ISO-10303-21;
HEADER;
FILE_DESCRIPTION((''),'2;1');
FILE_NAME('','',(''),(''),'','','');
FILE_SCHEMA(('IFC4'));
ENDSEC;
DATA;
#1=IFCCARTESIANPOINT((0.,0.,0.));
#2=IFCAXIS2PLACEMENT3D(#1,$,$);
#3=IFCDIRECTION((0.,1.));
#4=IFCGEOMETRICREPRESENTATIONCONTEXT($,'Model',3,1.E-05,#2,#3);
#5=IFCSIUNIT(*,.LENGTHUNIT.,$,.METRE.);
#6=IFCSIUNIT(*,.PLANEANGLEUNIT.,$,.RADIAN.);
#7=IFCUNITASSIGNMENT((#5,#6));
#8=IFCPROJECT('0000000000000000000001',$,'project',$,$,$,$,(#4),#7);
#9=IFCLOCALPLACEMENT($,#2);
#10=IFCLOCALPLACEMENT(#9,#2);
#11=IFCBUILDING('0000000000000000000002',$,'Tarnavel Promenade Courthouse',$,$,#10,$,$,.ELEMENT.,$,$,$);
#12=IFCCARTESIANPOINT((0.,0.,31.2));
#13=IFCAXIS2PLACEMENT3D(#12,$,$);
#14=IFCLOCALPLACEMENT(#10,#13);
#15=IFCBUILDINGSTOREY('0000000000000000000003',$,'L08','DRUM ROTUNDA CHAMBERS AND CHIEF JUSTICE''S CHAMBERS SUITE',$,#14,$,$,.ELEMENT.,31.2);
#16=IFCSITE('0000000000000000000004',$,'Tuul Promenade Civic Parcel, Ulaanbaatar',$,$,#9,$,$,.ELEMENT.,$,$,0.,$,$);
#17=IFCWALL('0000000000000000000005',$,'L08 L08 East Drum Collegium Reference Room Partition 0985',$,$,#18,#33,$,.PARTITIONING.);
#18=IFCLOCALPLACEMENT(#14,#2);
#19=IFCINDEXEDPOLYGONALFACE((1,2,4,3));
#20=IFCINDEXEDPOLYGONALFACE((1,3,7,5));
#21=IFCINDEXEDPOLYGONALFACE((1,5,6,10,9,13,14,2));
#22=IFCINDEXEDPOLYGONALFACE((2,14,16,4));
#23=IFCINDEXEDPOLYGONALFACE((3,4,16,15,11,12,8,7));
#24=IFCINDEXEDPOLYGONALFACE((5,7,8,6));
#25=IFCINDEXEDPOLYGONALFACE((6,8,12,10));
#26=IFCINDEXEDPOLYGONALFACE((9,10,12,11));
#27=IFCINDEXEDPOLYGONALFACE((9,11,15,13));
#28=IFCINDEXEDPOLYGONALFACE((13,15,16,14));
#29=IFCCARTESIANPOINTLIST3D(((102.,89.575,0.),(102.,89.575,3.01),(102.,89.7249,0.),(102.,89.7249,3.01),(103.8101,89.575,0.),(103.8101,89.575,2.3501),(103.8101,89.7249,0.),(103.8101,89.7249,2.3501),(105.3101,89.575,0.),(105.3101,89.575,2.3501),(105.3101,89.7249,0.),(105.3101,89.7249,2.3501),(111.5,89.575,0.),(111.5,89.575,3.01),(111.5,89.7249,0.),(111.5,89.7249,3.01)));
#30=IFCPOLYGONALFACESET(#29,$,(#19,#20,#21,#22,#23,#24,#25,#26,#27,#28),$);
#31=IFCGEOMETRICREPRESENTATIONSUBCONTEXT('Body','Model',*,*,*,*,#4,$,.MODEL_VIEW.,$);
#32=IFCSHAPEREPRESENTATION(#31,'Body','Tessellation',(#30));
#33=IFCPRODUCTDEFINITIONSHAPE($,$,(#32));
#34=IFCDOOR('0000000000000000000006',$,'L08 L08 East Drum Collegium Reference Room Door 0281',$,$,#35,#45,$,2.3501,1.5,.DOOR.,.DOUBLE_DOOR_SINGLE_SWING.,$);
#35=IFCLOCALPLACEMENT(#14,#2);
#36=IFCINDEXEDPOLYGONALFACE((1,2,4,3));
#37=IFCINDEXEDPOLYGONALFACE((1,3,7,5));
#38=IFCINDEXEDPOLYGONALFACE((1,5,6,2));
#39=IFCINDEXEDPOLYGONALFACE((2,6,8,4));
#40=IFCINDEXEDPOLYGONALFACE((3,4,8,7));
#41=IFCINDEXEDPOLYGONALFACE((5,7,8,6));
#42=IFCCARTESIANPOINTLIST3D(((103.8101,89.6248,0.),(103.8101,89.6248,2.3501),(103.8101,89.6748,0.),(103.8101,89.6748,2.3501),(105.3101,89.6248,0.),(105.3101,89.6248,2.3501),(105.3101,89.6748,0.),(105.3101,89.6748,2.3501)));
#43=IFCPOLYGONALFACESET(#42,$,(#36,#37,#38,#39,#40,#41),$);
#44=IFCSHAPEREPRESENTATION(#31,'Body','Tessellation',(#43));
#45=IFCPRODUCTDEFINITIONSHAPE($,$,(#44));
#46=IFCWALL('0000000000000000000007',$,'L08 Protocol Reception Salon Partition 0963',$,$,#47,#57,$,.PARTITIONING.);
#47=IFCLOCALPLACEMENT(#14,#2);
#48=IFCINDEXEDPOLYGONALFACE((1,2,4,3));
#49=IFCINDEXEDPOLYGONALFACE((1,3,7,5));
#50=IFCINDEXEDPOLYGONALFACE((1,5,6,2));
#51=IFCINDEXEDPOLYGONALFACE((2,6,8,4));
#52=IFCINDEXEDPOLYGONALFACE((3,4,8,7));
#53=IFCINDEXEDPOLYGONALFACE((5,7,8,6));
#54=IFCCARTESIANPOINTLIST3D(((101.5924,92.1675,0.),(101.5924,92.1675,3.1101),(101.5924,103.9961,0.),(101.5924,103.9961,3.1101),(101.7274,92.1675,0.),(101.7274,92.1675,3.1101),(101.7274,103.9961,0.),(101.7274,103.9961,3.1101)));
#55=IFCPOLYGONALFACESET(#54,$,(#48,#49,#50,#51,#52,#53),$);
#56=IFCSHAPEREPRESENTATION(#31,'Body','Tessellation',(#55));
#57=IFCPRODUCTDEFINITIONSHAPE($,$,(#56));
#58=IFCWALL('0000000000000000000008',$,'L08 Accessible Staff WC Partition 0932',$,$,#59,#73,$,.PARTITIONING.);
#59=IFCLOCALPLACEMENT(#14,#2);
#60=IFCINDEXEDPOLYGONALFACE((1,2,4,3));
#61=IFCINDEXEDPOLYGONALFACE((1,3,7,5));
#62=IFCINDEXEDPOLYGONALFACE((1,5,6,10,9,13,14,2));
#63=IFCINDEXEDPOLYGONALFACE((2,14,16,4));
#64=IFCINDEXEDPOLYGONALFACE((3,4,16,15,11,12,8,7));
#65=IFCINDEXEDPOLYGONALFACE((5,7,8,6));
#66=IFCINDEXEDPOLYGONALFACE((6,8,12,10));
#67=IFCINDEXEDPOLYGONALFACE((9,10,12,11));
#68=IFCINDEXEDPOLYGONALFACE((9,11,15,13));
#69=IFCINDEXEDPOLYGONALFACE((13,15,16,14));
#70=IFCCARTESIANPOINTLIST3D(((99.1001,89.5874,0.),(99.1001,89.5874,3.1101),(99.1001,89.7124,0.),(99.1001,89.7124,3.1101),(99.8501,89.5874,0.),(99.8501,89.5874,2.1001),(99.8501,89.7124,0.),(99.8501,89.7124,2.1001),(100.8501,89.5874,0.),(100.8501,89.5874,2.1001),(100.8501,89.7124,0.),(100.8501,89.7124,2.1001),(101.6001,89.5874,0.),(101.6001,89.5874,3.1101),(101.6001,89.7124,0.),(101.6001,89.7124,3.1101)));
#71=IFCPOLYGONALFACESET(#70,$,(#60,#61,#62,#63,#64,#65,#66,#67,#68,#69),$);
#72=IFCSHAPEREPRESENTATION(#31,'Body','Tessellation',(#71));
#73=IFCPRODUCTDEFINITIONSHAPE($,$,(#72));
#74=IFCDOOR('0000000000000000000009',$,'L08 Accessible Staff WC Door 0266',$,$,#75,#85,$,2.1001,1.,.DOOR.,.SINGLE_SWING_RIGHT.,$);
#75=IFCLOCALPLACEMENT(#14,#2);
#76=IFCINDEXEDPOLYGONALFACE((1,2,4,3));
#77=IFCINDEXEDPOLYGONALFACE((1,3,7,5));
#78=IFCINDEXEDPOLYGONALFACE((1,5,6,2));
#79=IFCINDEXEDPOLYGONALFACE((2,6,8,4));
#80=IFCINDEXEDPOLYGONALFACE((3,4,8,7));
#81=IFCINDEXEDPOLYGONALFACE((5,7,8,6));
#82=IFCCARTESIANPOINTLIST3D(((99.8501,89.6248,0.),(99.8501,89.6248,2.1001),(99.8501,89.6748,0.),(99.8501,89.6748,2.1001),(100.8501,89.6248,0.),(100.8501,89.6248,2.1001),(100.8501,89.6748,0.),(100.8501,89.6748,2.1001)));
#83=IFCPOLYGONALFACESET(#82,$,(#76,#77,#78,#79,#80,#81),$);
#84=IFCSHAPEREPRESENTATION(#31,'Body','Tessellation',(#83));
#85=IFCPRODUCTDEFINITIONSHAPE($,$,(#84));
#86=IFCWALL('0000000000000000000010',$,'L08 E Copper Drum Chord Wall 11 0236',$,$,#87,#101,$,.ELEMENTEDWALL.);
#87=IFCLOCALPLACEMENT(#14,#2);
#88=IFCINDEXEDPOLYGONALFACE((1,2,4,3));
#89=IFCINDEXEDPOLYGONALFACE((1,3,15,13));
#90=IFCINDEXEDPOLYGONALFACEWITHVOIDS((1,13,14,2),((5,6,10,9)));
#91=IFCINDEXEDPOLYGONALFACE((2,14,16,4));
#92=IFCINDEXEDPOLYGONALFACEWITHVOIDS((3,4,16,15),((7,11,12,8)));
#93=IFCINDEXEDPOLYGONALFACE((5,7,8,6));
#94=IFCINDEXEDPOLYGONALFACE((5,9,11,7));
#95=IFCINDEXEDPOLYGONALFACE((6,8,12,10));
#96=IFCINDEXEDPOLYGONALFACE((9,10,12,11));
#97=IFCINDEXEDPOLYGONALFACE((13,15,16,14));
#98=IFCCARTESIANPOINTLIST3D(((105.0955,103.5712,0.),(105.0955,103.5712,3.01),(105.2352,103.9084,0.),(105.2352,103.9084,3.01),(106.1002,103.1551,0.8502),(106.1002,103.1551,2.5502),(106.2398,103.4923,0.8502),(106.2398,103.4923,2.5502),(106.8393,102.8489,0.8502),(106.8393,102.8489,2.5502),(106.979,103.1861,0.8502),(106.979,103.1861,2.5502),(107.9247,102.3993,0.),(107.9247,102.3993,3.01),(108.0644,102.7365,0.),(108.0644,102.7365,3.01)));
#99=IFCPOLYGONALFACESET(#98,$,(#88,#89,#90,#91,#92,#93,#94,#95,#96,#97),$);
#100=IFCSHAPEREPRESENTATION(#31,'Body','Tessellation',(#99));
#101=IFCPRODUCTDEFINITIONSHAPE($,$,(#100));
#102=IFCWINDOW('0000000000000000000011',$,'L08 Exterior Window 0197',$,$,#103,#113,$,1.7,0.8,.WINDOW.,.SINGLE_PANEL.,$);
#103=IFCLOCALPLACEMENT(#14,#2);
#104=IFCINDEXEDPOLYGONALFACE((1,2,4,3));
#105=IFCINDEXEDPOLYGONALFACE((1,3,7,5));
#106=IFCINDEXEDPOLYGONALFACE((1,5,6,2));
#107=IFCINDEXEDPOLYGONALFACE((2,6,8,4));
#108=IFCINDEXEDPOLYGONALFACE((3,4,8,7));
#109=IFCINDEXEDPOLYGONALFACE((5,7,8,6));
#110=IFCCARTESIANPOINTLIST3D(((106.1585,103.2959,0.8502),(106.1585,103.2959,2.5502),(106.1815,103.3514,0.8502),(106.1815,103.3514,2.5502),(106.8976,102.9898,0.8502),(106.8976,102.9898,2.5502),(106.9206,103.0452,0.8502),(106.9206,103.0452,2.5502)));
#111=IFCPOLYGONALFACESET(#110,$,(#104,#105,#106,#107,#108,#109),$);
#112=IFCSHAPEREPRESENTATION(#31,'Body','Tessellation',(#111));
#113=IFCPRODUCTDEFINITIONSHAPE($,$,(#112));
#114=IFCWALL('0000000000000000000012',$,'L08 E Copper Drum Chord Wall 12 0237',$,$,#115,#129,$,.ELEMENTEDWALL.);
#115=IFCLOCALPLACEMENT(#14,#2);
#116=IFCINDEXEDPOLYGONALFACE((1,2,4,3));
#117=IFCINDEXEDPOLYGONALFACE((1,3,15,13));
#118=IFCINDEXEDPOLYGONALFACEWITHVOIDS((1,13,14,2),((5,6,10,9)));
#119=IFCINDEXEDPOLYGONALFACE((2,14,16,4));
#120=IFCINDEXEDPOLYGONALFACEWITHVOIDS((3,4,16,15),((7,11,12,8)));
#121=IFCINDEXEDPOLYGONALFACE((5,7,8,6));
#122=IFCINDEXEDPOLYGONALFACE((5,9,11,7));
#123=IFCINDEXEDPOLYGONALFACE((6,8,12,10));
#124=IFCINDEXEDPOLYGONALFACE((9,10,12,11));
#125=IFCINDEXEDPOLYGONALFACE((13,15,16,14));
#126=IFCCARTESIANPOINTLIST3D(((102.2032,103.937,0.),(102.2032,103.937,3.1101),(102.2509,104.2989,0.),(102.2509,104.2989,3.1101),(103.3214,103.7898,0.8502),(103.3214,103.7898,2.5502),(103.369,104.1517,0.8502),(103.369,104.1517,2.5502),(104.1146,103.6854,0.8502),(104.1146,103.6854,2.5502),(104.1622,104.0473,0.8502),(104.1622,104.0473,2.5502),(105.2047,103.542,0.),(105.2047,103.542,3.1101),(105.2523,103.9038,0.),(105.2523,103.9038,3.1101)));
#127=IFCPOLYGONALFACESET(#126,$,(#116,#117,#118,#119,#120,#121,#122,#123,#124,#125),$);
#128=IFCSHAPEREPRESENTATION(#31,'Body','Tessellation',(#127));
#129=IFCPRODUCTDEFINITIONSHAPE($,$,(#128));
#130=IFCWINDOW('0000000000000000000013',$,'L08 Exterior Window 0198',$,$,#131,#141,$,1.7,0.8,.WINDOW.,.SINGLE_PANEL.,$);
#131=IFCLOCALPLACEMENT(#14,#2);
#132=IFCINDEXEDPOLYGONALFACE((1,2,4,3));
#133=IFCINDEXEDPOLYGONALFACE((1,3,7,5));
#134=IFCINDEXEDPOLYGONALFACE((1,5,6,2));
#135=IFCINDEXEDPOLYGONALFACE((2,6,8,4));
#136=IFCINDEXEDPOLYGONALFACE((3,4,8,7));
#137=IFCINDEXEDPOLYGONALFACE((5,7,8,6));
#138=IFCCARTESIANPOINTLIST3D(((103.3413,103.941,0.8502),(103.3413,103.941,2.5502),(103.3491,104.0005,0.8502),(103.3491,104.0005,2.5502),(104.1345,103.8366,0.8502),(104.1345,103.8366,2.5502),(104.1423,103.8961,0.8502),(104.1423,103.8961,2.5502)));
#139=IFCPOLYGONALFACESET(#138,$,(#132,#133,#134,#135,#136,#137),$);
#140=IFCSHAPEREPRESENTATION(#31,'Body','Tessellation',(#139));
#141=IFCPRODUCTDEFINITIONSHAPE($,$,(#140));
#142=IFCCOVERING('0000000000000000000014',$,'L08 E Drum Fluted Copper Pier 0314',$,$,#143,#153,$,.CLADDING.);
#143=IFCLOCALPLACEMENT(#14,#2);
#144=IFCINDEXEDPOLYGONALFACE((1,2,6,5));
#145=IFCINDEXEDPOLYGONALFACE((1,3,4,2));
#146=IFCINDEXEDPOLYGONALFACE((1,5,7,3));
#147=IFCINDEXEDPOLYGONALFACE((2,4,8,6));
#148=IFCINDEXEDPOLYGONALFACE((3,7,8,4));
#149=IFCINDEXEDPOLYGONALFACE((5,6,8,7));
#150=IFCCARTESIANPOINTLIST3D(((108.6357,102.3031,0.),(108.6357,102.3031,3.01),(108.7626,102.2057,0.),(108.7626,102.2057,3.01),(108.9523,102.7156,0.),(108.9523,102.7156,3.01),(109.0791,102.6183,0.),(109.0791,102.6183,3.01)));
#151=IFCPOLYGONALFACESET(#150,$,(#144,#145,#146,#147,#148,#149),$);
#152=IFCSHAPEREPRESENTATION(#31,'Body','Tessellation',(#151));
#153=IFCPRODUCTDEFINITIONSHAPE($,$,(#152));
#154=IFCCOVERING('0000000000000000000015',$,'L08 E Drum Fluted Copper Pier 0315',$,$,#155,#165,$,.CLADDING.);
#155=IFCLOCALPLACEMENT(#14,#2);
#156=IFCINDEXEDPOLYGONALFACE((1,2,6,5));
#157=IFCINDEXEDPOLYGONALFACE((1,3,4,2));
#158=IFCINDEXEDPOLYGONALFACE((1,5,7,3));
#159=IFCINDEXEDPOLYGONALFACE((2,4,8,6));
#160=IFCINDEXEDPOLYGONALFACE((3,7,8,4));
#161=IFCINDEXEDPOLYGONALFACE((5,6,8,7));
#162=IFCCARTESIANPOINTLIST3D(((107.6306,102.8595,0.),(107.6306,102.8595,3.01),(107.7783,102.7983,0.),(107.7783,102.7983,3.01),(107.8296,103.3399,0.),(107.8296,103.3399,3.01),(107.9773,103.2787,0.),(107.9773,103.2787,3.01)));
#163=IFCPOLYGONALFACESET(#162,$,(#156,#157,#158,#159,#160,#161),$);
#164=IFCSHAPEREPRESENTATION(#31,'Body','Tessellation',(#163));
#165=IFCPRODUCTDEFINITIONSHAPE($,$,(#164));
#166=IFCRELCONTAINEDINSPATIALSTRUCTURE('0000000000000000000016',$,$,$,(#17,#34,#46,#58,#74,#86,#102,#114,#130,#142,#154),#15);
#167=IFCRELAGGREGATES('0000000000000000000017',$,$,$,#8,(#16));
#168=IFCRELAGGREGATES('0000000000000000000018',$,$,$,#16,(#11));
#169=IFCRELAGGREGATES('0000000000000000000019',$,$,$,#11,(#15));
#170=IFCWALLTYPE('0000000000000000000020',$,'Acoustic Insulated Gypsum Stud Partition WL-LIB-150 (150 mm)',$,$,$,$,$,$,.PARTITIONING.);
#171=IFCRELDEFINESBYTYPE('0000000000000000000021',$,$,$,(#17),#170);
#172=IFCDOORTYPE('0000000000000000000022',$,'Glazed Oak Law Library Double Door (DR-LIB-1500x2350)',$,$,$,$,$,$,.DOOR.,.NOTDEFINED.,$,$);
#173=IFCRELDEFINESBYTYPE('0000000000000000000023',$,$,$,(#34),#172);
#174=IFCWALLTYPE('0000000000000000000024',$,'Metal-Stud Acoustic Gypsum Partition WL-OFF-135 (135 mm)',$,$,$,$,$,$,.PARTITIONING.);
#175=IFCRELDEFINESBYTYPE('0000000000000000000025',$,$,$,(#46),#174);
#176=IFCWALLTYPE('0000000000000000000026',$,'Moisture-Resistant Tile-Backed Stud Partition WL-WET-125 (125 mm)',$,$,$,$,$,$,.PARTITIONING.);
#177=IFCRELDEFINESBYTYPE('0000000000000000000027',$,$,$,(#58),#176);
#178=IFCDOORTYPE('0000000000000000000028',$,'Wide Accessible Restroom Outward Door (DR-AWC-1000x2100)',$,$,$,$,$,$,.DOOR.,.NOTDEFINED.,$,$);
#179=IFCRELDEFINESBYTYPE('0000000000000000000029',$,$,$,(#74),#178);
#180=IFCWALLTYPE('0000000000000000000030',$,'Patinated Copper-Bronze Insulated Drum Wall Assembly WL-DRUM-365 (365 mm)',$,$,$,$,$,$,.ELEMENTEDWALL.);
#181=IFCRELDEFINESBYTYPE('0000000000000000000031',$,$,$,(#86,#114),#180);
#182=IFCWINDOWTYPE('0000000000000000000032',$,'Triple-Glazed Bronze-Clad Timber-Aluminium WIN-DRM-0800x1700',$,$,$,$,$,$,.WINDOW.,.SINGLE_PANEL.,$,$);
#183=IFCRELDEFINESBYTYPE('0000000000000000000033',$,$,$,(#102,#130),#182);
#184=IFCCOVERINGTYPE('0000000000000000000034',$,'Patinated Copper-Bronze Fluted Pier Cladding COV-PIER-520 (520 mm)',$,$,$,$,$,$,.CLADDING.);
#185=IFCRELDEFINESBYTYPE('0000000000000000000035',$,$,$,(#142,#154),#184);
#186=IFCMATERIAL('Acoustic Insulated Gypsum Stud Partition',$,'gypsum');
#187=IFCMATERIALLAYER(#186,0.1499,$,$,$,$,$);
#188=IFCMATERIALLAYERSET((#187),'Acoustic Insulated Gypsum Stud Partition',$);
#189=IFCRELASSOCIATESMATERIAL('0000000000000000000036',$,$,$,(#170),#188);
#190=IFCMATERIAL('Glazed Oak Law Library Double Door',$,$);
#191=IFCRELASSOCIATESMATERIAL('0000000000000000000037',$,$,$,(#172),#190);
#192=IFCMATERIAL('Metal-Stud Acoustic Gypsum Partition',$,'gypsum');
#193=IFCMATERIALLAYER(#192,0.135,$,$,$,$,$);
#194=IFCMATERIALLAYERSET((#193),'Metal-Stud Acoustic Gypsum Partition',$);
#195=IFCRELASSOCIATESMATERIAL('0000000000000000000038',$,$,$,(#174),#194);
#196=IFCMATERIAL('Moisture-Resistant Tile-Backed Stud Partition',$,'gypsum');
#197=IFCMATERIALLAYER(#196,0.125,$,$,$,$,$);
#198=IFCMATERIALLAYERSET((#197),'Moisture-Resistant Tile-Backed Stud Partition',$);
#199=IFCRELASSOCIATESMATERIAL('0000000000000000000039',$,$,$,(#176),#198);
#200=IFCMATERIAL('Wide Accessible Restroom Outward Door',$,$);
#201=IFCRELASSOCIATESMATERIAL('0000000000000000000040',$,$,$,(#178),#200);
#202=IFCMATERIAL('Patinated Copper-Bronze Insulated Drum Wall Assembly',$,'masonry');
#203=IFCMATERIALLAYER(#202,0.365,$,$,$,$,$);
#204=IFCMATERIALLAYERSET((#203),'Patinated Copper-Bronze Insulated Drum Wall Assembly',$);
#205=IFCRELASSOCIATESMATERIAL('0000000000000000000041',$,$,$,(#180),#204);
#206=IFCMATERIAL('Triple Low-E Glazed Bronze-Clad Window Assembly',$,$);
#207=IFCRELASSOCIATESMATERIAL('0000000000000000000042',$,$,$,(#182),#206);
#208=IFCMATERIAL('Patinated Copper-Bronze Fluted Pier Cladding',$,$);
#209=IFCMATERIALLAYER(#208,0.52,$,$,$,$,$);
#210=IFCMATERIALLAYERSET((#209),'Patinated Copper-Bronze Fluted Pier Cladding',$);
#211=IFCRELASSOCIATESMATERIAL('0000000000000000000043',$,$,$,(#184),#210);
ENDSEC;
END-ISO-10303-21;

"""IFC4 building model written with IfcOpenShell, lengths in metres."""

from ifc_helpers import new_model, si_unit, direction, frame, frame_2d, origin, origin_2d, place, context, subcontext, project, spatial, rectangle, extrude, material, layer, layer_set, type_object, element, fill, save


model = new_model("IFC4")

# Units and contexts
model_context = context("Model", 3, precision=1e-05, world=origin(), true_north=direction((0.0, 1.0)))
body_context = subcontext(model_context, "Body", "Model", "MODEL_VIEW")
ifc_project = project(units=[si_unit("LENGTHUNIT", "METRE"), si_unit("PLANEANGLEUNIT", "RADIAN")], contexts=[model_context])

# Site, building, storey
site_placement = place(None, origin())
site = spatial("IfcSite", under=ifc_project, at=site_placement, Name="Tuul Promenade Civic Parcel, Ulaanbaatar", CompositionType="ELEMENT", RefElevation=0.0)
building_placement = place(site_placement, origin())
building = spatial("IfcBuilding", under=site, at=building_placement, Name="Tarnavel Promenade Courthouse", CompositionType="ELEMENT")
storey_placement = place(building_placement, frame((0.0, 0.0, 31.2)))
storey = spatial("IfcBuildingStorey", under=building, at=storey_placement, Name="L08", Description="DRUM ROTUNDA CHAMBERS AND CHIEF JUSTICE'S CHAMBERS SUITE", CompositionType="ELEMENT", Elevation=31.2)

# Shared definitions
ifc_material_1 = material(Name="Acoustic Insulated Gypsum Stud Partition", Category="gypsum")

# Wall, opening, door
ifc_layer_1 = layer(ifc_material_1, 0.1499)
ifc_layer_set_1 = layer_set([ifc_layer_1], Name="Acoustic Insulated Gypsum Stud Partition")
wall_type_1 = type_object("IfcWallType", Name="Acoustic Insulated Gypsum Stud Partition WL-LIB-150 (150 mm)", PredefinedType="PARTITIONING", material=ifc_layer_set_1)
wall_1_placement = place(storey_placement, frame((102.0, 89.6499, 0.0), z_axis=(0.0, 0.0, 1.0), x_axis=(1.0, 0.0, 0.0)))
wall_1 = element("IfcWall", 1, at=wall_1_placement, inside=storey, type_object=wall_type_1, Name="L08 L08 East Drum Collegium Reference Room Partition 0985", PredefinedType="PARTITIONING", context=body_context, shape_type="SweptSolid", body=[
    extrude(rectangle(XDim=9.5, YDim=0.1499, at=frame_2d((4.75, 0.0))), origin(), (0.0, 0.0, 1.0), 3.01),
])
opening_1_placement = place(wall_1_placement, frame((1.8101, 0.0, 0.0)))
opening_1 = element("IfcOpeningElement", 2, at=opening_1_placement, cuts=wall_1, PredefinedType="OPENING", context=body_context, shape_type="SweptSolid", body=[
    extrude(rectangle(XDim=1.5, YDim=2.3501, at=frame_2d((0.75, 1.175))), frame((0.0, 0.085, 0.0), z_axis=(0.0, -1.0, 0.0), x_axis=(1.0, 0.0, 0.0)), (0.0, 0.0, 1.0), 0.1699),
])
ifc_material_2 = material(Name="Glazed Oak Law Library Double Door")
door_type_1 = type_object("IfcDoorType", Name="Glazed Oak Law Library Double Door (DR-LIB-1500x2350)", OperationType="NOTDEFINED", PredefinedType="DOOR", material=ifc_material_2)
door_1_placement = place(opening_1_placement, origin())
door_1 = element("IfcDoor", 3, at=door_1_placement, inside=storey, type_object=door_type_1, Name="L08 L08 East Drum Collegium Reference Room Door 0281", OperationType="DOUBLE_DOOR_SINGLE_SWING", OverallHeight=2.3501, OverallWidth=1.5, PredefinedType="DOOR", context=body_context, shape_type="SweptSolid", body=[
    extrude(rectangle(XDim=1.5, YDim=2.3501, at=frame_2d((0.75, 1.175))), frame((0.0, 0.0249, 0.0), z_axis=(0.0, -1.0, 0.0), x_axis=(1.0, 0.0, 0.0)), (0.0, 0.0, 1.0), 0.05),
])
fill(opening_1, door_1)
ifc_material_3 = material(Name="Metal-Stud Acoustic Gypsum Partition", Category="gypsum")
ifc_layer_2 = layer(ifc_material_3, 0.135)
ifc_layer_set_2 = layer_set([ifc_layer_2], Name="Metal-Stud Acoustic Gypsum Partition")
wall_type_2 = type_object("IfcWallType", Name="Metal-Stud Acoustic Gypsum Partition WL-OFF-135 (135 mm)", PredefinedType="PARTITIONING", material=ifc_layer_set_2)

# Wall
wall_2_placement = place(storey_placement, frame((101.6599, 103.9961, 0.0), z_axis=(0.0, 0.0, 1.0), x_axis=(0.0, -1.0, 0.0)))
element("IfcWall", 4, at=wall_2_placement, inside=storey, type_object=wall_type_2, Name="L08 Protocol Reception Salon Partition 0963", PredefinedType="PARTITIONING", context=body_context, shape_type="SweptSolid", body=[
    extrude(rectangle(XDim=11.8286, YDim=0.135, at=frame_2d((5.9143, 0.0))), origin(), (0.0, 0.0, 1.0), 3.1101),
])

# Wall, opening, door
ifc_material_4 = material(Name="Moisture-Resistant Tile-Backed Stud Partition", Category="gypsum")
ifc_layer_3 = layer(ifc_material_4, 0.125)
ifc_layer_set_3 = layer_set([ifc_layer_3], Name="Moisture-Resistant Tile-Backed Stud Partition")
wall_type_3 = type_object("IfcWallType", Name="Moisture-Resistant Tile-Backed Stud Partition WL-WET-125 (125 mm)", PredefinedType="PARTITIONING", material=ifc_layer_set_3)
wall_3_placement = place(storey_placement, frame((99.1001, 89.6499, 0.0), z_axis=(0.0, 0.0, 1.0), x_axis=(1.0, 0.0, 0.0)))
wall_3 = element("IfcWall", 5, at=wall_3_placement, inside=storey, type_object=wall_type_3, Name="L08 Accessible Staff WC Partition 0932", PredefinedType="PARTITIONING", context=body_context, shape_type="SweptSolid", body=[
    extrude(rectangle(XDim=2.5, YDim=0.125, at=frame_2d((1.25, 0.0))), origin(), (0.0, 0.0, 1.0), 3.1101),
])
opening_2_placement = place(wall_3_placement, frame((0.75, 0.0, 0.0)))
opening_2 = element("IfcOpeningElement", 6, at=opening_2_placement, cuts=wall_3, PredefinedType="OPENING", context=body_context, shape_type="SweptSolid", body=[
    extrude(rectangle(XDim=1.0, YDim=2.1001, at=frame_2d((0.5, 1.05))), frame((0.0, 0.0725, 0.0), z_axis=(0.0, -1.0, 0.0), x_axis=(1.0, 0.0, 0.0)), (0.0, 0.0, 1.0), 0.145),
])
ifc_material_5 = material(Name="Wide Accessible Restroom Outward Door")
door_type_2 = type_object("IfcDoorType", Name="Wide Accessible Restroom Outward Door (DR-AWC-1000x2100)", OperationType="NOTDEFINED", PredefinedType="DOOR", material=ifc_material_5)
door_2_placement = place(opening_2_placement, origin())
door_2 = element("IfcDoor", 7, at=door_2_placement, inside=storey, type_object=door_type_2, Name="L08 Accessible Staff WC Door 0266", OperationType="SINGLE_SWING_RIGHT", OverallHeight=2.1001, OverallWidth=1.0, PredefinedType="DOOR", context=body_context, shape_type="SweptSolid", body=[
    extrude(rectangle(XDim=1.0, YDim=2.1001, at=frame_2d((0.5, 1.05))), frame((0.0, 0.0249, 0.0), z_axis=(0.0, -1.0, 0.0), x_axis=(1.0, 0.0, 0.0)), (0.0, 0.0, 1.0), 0.05),
])
fill(opening_2, door_2)

# Walls, openings, windows
ifc_material_6 = material(Name="Patinated Copper-Bronze Insulated Drum Wall Assembly", Category="masonry")
ifc_layer_4 = layer(ifc_material_6, 0.365)
ifc_layer_set_4 = layer_set([ifc_layer_4], Name="Patinated Copper-Bronze Insulated Drum Wall Assembly")
wall_type_4 = type_object("IfcWallType", Name="Patinated Copper-Bronze Insulated Drum Wall Assembly WL-DRUM-365 (365 mm)", PredefinedType="ELEMENTEDWALL", material=ifc_layer_set_4)
wall_4_placement = place(storey_placement, frame((107.9946, 102.5679, 0.0), z_axis=(0.0, 0.0, 1.0), x_axis=(-0.923877, 0.38269, 0.0)))
wall_4 = element("IfcWall", 8, at=wall_4_placement, inside=storey, type_object=wall_type_4, Name="L08 E Copper Drum Chord Wall 11 0236", PredefinedType="ELEMENTEDWALL", context=body_context, shape_type="SweptSolid", body=[
    extrude(rectangle(XDim=3.0623, YDim=0.365, at=frame_2d((1.5312, 0.0))), origin(), (0.0, 0.0, 1.0), 3.01),
])
opening_3_placement = place(wall_4_placement, frame((1.175, 0.0, 0.8501)))
opening_3 = element("IfcOpeningElement", 9, at=opening_3_placement, cuts=wall_4, PredefinedType="OPENING", context=body_context, shape_type="SweptSolid", body=[
    extrude(rectangle(XDim=0.8, YDim=1.7, at=frame_2d((0.3999, 0.8501))), frame((0.0, 0.1924, 0.0), z_axis=(0.0, -1.0, 0.0), x_axis=(1.0, 0.0, 0.0)), (0.0, 0.0, 1.0), 0.385),
])
ifc_material_7 = material(Name="Triple Low-E Glazed Bronze-Clad Window Assembly")
window_type = type_object("IfcWindowType", Name="Triple-Glazed Bronze-Clad Timber-Aluminium WIN-DRM-0800x1700", PartitioningType="SINGLE_PANEL", PredefinedType="WINDOW", material=ifc_material_7)
window_1_placement = place(opening_3_placement, origin())
window_1 = element("IfcWindow", 10, at=window_1_placement, inside=storey, type_object=window_type, Name="L08 Exterior Window 0197", OverallHeight=1.7, OverallWidth=0.8, PartitioningType="SINGLE_PANEL", PredefinedType="WINDOW", context=body_context, shape_type="SweptSolid", body=[
    extrude(rectangle(XDim=0.8, YDim=1.7, at=frame_2d((0.3999, 0.8501))), frame((0.0, 0.03, 0.0), z_axis=(0.0, -1.0, 0.0), x_axis=(1.0, 0.0, 0.0)), (0.0, 0.0, 1.0), 0.0601),
])
fill(opening_3, window_1)
wall_5_placement = place(storey_placement, frame((105.2285, 103.7229, 0.0), z_axis=(0.0, 0.0, 1.0), x_axis=(-0.99145, 0.130484, 0.0)))
wall_5 = element("IfcWall", 11, at=wall_5_placement, inside=storey, type_object=wall_type_4, Name="L08 E Copper Drum Chord Wall 12 0237", PredefinedType="ELEMENTEDWALL", context=body_context, shape_type="SweptSolid", body=[
    extrude(rectangle(XDim=3.0273, YDim=0.365, at=frame_2d((1.5137, 0.0))), origin(), (0.0, 0.0, 1.0), 3.1101),
])
opening_4_placement = place(wall_5_placement, frame((1.0996, 0.0, 0.8501)))
opening_4 = element("IfcOpeningElement", 12, at=opening_4_placement, cuts=wall_5, PredefinedType="OPENING", context=body_context, shape_type="SweptSolid", body=[
    extrude(rectangle(XDim=0.8, YDim=1.7, at=frame_2d((0.3999, 0.8501))), frame((0.0, 0.1924, 0.0), z_axis=(0.0, -1.0, 0.0), x_axis=(1.0, 0.0, 0.0)), (0.0, 0.0, 1.0), 0.385),
])
window_2_placement = place(opening_4_placement, origin())
window_2 = element("IfcWindow", 13, at=window_2_placement, inside=storey, type_object=window_type, Name="L08 Exterior Window 0198", OverallHeight=1.7, OverallWidth=0.8, PartitioningType="SINGLE_PANEL", PredefinedType="WINDOW", context=body_context, shape_type="SweptSolid", body=[
    extrude(rectangle(XDim=0.8, YDim=1.7, at=frame_2d((0.3999, 0.8501))), frame((0.0, 0.03, 0.0), z_axis=(0.0, -1.0, 0.0), x_axis=(1.0, 0.0, 0.0)), (0.0, 0.0, 1.0), 0.0601),
])
fill(opening_4, window_2)

# Coverings
ifc_material_8 = material(Name="Patinated Copper-Bronze Fluted Pier Cladding")
ifc_layer_5 = layer(ifc_material_8, 0.52)
ifc_layer_set_5 = layer_set([ifc_layer_5], Name="Patinated Copper-Bronze Fluted Pier Cladding")
covering_type = type_object("IfcCoveringType", Name="Patinated Copper-Bronze Fluted Pier Cladding COV-PIER-520 (520 mm)", PredefinedType="CLADDING", material=ifc_layer_set_5)
for number, where, z_axis, x_axis, name in (
    (14, (108.8574, 102.4607, 0.0), (0.0, 0.0, 1.0), (-0.793353, 0.608761, 0.0), "L08 E Drum Fluted Copper Pier 0314"),
    (15, (107.804, 103.0691, 0.0), (0.0, 0.0, 1.0), (-0.92388, 0.382683, 0.0), "L08 E Drum Fluted Copper Pier 0315"),
):
    element("IfcCovering", number, at=place(storey_placement, frame(where, z_axis=z_axis, x_axis=x_axis)), inside=storey, type_object=covering_type, Name=name, PredefinedType="CLADDING", context=body_context, shape_type="SweptSolid", body=[
        extrude(rectangle(XDim=0.1599, YDim=0.52, at=origin_2d()), origin(), (0.0, 0.0, 1.0), 3.01),
    ])

save(model, "model.ifc")
